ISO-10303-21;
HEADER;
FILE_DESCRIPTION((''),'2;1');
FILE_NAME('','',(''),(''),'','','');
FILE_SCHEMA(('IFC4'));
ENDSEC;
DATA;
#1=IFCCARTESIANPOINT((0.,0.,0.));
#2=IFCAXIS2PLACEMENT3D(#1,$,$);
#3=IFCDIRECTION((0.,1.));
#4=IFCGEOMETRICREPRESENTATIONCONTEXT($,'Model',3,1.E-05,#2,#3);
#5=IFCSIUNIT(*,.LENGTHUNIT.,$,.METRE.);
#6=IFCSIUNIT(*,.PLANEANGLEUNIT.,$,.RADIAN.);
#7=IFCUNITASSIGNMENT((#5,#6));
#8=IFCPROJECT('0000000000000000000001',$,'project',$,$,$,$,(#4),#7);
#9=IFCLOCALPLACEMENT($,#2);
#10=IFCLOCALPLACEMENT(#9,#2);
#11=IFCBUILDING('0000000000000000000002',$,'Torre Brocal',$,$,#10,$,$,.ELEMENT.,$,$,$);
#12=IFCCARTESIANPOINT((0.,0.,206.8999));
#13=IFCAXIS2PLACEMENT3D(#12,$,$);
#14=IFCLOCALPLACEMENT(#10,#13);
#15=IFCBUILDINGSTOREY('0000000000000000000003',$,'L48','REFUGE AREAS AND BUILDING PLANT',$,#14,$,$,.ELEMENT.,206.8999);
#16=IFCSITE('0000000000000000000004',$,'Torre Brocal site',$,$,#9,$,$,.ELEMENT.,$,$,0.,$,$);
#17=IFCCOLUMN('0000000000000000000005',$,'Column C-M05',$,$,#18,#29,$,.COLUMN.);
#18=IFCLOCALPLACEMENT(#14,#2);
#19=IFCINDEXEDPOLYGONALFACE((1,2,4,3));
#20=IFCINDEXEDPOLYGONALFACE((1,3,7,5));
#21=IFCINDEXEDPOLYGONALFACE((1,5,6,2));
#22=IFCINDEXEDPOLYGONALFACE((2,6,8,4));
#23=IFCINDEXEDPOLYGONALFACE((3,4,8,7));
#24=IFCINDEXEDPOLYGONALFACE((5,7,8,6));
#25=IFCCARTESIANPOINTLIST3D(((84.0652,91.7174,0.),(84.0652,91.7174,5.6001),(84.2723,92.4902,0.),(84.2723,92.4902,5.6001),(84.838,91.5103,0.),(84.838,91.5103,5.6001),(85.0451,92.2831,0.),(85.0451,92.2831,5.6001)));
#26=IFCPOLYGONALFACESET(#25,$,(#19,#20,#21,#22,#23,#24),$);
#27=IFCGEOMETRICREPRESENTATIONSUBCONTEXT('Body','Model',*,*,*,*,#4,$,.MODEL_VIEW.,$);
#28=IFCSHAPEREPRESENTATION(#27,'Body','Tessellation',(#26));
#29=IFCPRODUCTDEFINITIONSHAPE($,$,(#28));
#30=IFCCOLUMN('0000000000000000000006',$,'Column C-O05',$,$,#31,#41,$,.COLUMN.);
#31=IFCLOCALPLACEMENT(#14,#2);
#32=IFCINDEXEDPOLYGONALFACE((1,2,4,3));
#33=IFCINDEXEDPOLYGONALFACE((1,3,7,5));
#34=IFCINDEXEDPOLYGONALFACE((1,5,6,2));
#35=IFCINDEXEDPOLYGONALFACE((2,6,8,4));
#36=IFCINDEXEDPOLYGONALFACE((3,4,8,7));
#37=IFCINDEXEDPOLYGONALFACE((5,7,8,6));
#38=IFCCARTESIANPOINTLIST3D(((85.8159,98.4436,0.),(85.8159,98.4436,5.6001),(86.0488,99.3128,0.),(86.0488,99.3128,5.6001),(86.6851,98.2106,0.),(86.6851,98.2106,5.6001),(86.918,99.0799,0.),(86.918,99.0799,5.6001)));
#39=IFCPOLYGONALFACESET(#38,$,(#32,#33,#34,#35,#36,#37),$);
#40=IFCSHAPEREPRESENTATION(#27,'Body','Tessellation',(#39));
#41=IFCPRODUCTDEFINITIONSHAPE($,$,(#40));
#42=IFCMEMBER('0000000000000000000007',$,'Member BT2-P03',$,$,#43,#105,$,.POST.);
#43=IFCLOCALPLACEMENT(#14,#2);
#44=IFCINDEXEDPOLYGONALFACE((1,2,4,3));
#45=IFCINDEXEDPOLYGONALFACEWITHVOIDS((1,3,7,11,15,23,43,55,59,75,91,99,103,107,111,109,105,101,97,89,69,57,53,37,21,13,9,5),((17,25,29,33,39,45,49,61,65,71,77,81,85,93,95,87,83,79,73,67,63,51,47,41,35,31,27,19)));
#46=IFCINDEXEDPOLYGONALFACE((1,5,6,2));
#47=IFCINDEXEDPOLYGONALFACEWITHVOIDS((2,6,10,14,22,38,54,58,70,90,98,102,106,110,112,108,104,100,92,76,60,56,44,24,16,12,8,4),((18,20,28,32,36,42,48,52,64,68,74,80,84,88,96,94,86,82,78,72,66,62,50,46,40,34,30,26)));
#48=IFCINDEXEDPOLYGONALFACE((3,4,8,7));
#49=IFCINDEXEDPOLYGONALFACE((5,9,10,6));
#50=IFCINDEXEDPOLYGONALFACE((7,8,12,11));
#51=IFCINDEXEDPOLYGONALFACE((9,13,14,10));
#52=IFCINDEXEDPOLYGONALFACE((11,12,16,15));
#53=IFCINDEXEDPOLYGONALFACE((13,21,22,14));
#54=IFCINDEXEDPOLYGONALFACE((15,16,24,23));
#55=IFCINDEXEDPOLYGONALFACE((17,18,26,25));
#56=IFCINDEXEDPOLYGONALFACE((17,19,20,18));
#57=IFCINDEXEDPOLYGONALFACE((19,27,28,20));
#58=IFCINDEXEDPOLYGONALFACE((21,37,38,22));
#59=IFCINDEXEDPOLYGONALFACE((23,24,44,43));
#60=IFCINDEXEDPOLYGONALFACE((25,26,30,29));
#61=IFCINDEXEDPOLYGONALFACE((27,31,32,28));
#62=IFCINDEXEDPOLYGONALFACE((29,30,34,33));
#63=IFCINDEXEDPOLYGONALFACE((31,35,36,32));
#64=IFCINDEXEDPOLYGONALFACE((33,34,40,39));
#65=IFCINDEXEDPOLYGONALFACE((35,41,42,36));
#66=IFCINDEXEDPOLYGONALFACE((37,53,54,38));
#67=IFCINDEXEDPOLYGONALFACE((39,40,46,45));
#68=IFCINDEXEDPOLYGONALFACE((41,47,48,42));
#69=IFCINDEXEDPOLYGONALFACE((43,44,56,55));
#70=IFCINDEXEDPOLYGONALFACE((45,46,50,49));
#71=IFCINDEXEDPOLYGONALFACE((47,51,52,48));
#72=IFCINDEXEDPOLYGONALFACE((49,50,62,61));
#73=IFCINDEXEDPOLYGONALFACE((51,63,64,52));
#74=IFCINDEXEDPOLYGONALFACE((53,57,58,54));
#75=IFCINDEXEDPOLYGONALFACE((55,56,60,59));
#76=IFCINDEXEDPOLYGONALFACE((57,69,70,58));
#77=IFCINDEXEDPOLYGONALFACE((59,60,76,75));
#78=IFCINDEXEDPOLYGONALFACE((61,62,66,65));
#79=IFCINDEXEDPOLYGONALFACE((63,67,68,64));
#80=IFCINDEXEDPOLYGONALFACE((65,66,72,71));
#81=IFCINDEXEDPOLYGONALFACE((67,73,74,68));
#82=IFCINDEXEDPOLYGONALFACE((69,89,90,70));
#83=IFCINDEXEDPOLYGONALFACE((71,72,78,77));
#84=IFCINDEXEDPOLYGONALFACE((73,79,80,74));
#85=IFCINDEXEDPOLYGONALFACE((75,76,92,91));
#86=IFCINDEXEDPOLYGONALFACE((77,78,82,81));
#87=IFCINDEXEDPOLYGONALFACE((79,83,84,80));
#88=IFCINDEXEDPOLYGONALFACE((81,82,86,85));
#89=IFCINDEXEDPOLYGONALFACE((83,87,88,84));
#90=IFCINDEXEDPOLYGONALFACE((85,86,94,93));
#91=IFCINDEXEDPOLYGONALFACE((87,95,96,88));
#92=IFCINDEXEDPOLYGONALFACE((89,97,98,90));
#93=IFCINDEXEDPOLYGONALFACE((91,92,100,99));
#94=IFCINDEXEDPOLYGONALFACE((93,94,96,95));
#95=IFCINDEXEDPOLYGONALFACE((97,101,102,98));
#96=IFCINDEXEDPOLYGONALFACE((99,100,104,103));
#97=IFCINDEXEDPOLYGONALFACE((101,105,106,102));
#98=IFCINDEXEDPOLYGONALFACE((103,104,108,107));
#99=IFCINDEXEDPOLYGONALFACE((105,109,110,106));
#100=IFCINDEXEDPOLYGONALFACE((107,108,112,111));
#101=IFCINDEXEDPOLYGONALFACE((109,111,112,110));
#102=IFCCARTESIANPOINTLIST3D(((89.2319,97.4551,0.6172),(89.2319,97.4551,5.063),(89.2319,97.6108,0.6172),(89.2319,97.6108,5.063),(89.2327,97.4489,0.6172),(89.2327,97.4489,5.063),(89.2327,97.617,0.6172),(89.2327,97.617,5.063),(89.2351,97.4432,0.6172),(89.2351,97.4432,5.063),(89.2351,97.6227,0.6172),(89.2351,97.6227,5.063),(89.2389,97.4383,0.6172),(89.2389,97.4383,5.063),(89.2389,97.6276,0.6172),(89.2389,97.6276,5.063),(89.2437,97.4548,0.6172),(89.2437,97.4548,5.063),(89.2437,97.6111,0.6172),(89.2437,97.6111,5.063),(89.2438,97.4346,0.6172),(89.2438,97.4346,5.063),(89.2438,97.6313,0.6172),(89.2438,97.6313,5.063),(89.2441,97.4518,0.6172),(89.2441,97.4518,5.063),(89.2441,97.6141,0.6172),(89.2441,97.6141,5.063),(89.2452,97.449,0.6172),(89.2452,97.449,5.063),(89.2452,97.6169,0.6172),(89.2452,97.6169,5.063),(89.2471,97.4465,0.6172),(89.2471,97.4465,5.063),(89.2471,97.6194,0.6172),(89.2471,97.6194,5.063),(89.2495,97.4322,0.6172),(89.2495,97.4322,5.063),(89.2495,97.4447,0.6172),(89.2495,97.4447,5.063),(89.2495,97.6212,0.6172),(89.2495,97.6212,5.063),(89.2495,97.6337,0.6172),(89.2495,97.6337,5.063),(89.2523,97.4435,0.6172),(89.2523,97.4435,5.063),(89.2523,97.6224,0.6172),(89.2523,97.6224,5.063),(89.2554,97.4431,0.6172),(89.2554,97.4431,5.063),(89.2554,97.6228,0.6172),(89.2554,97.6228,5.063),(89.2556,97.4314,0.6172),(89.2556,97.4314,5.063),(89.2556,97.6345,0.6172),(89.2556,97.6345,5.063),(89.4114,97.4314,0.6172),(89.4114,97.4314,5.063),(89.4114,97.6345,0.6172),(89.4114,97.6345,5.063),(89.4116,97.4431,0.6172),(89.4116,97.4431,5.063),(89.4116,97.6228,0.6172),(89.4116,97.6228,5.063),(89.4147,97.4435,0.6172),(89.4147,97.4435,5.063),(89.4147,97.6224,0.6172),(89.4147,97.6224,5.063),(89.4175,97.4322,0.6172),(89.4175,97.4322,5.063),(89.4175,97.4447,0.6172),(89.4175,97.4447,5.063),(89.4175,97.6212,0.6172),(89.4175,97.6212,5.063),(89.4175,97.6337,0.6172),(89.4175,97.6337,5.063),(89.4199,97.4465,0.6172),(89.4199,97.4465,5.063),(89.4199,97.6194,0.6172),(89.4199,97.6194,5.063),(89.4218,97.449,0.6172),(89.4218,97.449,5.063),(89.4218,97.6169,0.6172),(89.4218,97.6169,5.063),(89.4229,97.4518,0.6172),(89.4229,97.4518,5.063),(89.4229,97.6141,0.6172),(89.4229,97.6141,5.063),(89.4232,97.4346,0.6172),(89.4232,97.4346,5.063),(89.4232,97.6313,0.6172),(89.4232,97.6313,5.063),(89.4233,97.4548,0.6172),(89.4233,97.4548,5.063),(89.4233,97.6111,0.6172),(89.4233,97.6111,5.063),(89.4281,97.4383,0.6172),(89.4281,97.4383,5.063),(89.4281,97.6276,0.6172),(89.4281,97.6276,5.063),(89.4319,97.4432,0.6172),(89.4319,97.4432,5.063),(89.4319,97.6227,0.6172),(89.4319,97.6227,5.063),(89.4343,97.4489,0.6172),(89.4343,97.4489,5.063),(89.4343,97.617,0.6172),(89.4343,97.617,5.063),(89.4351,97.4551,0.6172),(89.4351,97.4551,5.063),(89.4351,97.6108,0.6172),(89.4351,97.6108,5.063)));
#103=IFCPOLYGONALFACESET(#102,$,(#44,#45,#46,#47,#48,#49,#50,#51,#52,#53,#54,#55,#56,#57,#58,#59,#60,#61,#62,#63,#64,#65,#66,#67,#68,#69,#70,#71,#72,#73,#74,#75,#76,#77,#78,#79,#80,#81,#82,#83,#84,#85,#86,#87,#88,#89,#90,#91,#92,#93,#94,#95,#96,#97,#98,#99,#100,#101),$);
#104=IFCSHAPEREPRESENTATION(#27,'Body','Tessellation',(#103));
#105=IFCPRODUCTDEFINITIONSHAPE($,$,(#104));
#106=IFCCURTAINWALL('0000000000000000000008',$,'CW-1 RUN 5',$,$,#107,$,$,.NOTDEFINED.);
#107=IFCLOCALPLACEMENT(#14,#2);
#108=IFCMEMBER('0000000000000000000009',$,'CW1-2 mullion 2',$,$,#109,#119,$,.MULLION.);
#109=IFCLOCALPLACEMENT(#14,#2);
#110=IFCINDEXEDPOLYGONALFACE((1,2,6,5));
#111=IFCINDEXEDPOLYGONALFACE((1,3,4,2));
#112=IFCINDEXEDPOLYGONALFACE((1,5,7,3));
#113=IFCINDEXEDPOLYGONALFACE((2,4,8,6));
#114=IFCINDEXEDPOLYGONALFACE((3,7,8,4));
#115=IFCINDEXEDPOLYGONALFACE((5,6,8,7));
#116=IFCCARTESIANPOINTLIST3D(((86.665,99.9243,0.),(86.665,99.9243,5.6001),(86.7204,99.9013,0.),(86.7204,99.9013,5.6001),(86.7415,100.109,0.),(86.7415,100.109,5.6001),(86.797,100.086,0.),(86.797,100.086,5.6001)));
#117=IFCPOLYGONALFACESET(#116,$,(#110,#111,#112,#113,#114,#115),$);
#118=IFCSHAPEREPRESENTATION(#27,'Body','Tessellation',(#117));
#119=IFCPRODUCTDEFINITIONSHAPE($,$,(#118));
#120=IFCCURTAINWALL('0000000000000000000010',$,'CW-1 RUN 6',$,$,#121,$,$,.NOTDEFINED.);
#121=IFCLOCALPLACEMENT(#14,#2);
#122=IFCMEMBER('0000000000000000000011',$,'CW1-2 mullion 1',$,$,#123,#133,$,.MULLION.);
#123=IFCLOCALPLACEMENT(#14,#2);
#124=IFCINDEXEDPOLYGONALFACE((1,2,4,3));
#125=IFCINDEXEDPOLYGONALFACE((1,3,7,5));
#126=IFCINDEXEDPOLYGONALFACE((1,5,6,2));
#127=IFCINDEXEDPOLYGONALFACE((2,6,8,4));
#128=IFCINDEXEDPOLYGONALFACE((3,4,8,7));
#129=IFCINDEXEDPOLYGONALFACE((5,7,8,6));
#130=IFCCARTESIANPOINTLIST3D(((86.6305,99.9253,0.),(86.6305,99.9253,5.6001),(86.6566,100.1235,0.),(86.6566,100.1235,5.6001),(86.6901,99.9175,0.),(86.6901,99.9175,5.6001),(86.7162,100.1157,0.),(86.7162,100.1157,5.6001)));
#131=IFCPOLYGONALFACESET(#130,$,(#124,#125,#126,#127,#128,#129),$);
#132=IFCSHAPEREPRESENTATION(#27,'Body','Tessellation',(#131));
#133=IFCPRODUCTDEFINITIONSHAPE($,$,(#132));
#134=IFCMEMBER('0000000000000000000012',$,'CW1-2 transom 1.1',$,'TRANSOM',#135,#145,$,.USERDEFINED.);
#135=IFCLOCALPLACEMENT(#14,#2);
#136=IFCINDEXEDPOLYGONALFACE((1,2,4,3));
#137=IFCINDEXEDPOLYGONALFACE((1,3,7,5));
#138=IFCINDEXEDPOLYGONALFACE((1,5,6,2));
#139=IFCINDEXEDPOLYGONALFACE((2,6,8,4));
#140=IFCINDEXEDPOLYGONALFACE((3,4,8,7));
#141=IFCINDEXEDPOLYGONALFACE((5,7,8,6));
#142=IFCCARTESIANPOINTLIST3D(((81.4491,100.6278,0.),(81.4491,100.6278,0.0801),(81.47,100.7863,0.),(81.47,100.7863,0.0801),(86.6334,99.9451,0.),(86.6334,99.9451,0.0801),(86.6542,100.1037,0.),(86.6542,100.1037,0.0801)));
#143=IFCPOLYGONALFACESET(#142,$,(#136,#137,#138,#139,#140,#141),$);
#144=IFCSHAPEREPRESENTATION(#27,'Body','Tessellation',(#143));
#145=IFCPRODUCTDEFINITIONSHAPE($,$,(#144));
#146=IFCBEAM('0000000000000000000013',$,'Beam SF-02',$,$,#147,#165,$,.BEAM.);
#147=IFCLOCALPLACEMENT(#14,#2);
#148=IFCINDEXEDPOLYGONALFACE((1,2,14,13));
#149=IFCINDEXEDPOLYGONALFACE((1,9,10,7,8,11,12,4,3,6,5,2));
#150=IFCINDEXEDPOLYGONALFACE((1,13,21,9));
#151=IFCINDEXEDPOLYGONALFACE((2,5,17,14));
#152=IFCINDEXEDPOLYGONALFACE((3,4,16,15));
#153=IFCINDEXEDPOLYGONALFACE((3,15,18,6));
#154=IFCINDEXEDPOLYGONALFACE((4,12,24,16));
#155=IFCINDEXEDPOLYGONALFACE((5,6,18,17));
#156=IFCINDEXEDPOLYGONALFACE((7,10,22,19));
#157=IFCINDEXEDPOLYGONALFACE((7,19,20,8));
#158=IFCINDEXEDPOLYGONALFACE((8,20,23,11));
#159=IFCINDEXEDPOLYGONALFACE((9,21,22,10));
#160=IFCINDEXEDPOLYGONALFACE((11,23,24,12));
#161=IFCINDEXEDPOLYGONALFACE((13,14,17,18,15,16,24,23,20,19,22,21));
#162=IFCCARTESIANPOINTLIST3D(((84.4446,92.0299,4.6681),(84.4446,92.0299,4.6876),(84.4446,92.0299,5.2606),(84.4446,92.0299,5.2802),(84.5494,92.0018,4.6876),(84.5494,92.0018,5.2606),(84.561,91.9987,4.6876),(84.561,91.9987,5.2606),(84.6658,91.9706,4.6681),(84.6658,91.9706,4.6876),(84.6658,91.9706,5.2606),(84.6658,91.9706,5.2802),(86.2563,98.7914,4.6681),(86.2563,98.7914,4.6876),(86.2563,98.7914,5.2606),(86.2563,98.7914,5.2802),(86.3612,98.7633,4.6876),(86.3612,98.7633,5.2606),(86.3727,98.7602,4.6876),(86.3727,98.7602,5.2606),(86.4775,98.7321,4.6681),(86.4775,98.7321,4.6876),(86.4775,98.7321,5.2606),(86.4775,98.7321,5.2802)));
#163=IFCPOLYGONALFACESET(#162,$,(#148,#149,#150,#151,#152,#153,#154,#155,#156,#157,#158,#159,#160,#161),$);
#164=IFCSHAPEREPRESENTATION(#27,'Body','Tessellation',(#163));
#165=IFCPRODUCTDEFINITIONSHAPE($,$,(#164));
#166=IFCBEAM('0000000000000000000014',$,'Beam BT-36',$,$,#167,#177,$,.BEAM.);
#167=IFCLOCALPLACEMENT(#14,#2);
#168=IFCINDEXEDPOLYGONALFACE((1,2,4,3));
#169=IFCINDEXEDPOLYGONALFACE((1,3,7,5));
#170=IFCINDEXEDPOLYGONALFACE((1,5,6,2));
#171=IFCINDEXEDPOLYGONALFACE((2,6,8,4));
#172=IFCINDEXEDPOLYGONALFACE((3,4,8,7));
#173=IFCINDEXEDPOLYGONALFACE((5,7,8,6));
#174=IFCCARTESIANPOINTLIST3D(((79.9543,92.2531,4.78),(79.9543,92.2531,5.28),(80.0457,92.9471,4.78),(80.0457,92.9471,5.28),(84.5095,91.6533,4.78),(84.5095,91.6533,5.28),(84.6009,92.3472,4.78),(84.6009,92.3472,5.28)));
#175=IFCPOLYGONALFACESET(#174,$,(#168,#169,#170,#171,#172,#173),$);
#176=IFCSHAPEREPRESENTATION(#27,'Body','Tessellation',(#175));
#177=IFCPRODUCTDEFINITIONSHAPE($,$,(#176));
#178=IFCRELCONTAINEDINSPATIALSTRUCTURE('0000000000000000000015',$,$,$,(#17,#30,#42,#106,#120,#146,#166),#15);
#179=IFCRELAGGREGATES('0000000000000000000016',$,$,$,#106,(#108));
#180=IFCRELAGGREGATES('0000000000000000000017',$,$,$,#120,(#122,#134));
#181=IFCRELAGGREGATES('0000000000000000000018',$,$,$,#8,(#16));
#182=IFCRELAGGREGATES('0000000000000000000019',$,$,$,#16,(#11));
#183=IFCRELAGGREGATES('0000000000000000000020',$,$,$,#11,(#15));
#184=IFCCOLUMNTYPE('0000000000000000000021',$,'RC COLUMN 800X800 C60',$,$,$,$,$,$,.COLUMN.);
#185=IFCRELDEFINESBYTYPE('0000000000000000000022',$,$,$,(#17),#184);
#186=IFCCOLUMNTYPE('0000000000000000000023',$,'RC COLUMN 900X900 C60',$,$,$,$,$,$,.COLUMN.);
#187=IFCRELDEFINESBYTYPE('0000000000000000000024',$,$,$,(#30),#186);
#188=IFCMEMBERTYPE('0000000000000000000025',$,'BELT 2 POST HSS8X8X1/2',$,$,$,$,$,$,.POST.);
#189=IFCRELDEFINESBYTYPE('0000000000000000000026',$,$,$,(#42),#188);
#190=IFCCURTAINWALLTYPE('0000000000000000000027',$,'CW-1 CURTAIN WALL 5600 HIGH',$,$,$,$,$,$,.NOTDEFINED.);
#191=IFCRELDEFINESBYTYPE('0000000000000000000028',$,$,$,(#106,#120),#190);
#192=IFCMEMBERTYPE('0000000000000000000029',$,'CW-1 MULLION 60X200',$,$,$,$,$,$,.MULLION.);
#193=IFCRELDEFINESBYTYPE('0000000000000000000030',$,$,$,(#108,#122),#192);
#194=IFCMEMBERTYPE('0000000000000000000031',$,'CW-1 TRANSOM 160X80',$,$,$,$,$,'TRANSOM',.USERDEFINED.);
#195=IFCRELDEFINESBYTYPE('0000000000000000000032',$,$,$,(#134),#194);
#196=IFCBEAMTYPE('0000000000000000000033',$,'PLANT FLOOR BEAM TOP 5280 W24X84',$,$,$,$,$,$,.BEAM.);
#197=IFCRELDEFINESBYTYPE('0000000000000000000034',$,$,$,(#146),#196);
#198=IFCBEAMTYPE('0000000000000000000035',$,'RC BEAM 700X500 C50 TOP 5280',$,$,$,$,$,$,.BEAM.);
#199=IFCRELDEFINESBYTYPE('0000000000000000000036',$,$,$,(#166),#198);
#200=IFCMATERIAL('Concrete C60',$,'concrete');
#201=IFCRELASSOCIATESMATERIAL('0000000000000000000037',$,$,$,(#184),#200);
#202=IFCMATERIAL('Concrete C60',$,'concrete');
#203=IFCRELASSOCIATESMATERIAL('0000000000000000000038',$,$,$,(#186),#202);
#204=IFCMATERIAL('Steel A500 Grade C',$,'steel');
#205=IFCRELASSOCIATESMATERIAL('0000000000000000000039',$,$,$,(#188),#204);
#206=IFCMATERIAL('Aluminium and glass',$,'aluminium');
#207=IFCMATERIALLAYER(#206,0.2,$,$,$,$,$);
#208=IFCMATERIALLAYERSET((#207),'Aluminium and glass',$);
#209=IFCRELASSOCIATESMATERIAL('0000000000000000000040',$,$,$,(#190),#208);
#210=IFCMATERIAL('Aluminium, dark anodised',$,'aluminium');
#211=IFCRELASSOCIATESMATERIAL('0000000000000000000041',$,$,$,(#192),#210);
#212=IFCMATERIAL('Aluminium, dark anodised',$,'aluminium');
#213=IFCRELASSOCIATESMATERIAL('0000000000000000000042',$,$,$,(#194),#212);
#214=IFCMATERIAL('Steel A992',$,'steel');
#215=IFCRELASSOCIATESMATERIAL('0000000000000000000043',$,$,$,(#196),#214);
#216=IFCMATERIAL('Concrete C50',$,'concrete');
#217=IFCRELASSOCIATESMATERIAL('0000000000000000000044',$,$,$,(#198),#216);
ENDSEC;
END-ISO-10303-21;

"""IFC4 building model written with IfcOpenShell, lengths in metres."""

from ifc_helpers import new_model, si_unit, direction, frame, origin, origin_2d, place, context, subcontext, project, spatial, rectangle, hollow_rectangle, i_section, extrude, material, layer, layer_set, material_profile, profile_set, type_object, element, aggregate, save


model = new_model("IFC4")

# Units and contexts
model_context = context("Model", 3, precision=1e-05, world=origin(), true_north=direction((0.0, 1.0)))
body_context = subcontext(model_context, "Body", "Model", "MODEL_VIEW")
ifc_project = project(units=[si_unit("LENGTHUNIT", "METRE"), si_unit("PLANEANGLEUNIT", "RADIAN")], contexts=[model_context])

# Site, building, storey
site_placement = place(None, origin())
site = spatial("IfcSite", under=ifc_project, at=site_placement, Name="Torre Brocal site", CompositionType="ELEMENT", RefElevation=0.0)
building_placement = place(site_placement, origin())
building = spatial("IfcBuilding", under=site, at=building_placement, Name="Torre Brocal", CompositionType="ELEMENT")
storey_placement = place(building_placement, frame((0.0, 0.0, 206.8999)))
storey = spatial("IfcBuildingStorey", under=building, at=storey_placement, Name="L48", Description="REFUGE AREAS AND BUILDING PLANT", CompositionType="ELEMENT", Elevation=206.8999)

# Columns
ifc_material_1 = material(Name="Concrete C60", Category="concrete")
ifc_material_profile_1 = material_profile(ifc_material_1, rectangle(XDim=0.8, YDim=0.8, at=origin_2d()), Name="RC 800X800")
ifc_profile_set_1 = profile_set([ifc_material_profile_1], Name="Concrete C60")
column_type_1 = type_object("IfcColumnType", Name="RC COLUMN 800X800 C60", PredefinedType="COLUMN", material=ifc_profile_set_1)
column_1_placement = place(storey_placement, frame((84.5552, 92.0002, 0.0), z_axis=(0.0, 0.0, 1.0), x_axis=(0.258819, 0.965926, 0.0)))
element("IfcColumn", 1, at=column_1_placement, inside=storey, type_object=column_type_1, Name="Column C-M05", PredefinedType="COLUMN", context=body_context, shape_type="SweptSolid", body=[
    extrude(rectangle(XDim=0.8, YDim=0.8, at=origin_2d()), origin(), (0.0, 0.0, 1.0), 5.6001),
])
ifc_material_2 = material(Name="Concrete C60", Category="concrete")
ifc_material_profile_2 = material_profile(ifc_material_2, rectangle(XDim=0.8999, YDim=0.8999, at=origin_2d()), Name="RC 900X900")
ifc_profile_set_2 = profile_set([ifc_material_profile_2], Name="Concrete C60")
column_type_2 = type_object("IfcColumnType", Name="RC COLUMN 900X900 C60", PredefinedType="COLUMN", material=ifc_profile_set_2)
column_2_placement = place(storey_placement, frame((86.3669, 98.7617, 0.0), z_axis=(0.0, 0.0, 1.0), x_axis=(0.258819, 0.965926, 0.0)))
element("IfcColumn", 2, at=column_2_placement, inside=storey, type_object=column_type_2, Name="Column C-O05", PredefinedType="COLUMN", context=body_context, shape_type="SweptSolid", body=[
    extrude(rectangle(XDim=0.8999, YDim=0.8999, at=origin_2d()), origin(), (0.0, 0.0, 1.0), 5.6001),
])

# Member
ifc_material_3 = material(Name="Steel A500 Grade C", Category="steel")
ifc_material_profile_3 = material_profile(ifc_material_3, hollow_rectangle(XDim=0.2031, YDim=0.2031, WallThickness=0.0117, InnerFilletRadius=0.0117, OuterFilletRadius=0.0237, at=origin_2d()), Name="HSS8X8X1/2")
ifc_profile_set_3 = profile_set([ifc_material_profile_3], Name="Steel A500 Grade C")
member_type_1 = type_object("IfcMemberType", Name="BELT 2 POST HSS8X8X1/2", PredefinedType="POST", material=ifc_profile_set_3)
member_1_placement = place(storey_placement, frame((89.3335, 97.533, 0.6172), z_axis=(0.0, 0.0, 1.0), x_axis=(1.0, 0.0, 0.0)))
element("IfcMember", 3, at=member_1_placement, inside=storey, type_object=member_type_1, Name="Member BT2-P03", PredefinedType="POST", context=body_context, shape_type="SweptSolid", body=[
    extrude(hollow_rectangle(XDim=0.2031, YDim=0.2031, WallThickness=0.0117, InnerFilletRadius=0.0117, OuterFilletRadius=0.0237, at=origin_2d()), origin(), (0.0, 0.0, 1.0), 4.4458),
])

# Curtain wall, member
ifc_material_4 = material(Name="Aluminium and glass", Category="aluminium")
ifc_layer_1 = layer(ifc_material_4, 0.2)
ifc_layer_set_1 = layer_set([ifc_layer_1], Name="Aluminium and glass")
curtain_wall_type = type_object("IfcCurtainWallType", Name="CW-1 CURTAIN WALL 5600 HIGH", PredefinedType="NOTDEFINED", material=ifc_layer_set_1)
curtain_wall_1_placement = place(storey_placement, origin())
curtain_wall_1 = element("IfcCurtainWall", 4, at=curtain_wall_1_placement, inside=storey, type_object=curtain_wall_type, Name="CW-1 RUN 5", PredefinedType="NOTDEFINED")
ifc_material_5 = material(Name="Aluminium, dark anodised", Category="aluminium")
ifc_material_profile_4 = material_profile(ifc_material_5, rectangle(XDim=0.2, YDim=0.0601, at=origin_2d()), Name="CW-1 MULLION 60X200")
ifc_profile_set_4 = profile_set([ifc_material_profile_4], Name="Aluminium, dark anodised")
member_type_2 = type_object("IfcMemberType", Name="CW-1 MULLION 60X200", PredefinedType="MULLION", material=ifc_profile_set_4)
member_2_placement = place(storey_placement, frame((86.731, 100.0051, 0.0), z_axis=(0.0, 0.0, 1.0), x_axis=(-0.382683, -0.92388, 0.0)))
member_2 = element("IfcMember", 5, at=member_2_placement, type_object=member_type_2, Name="CW1-2 mullion 2", PredefinedType="MULLION", context=body_context, shape_type="SweptSolid", body=[
    extrude(rectangle(XDim=0.2, YDim=0.0601, at=origin_2d()), origin(), (0.0, 0.0, 1.0), 5.6001),
])

# Curtain wall, members
curtain_wall_2_placement = place(storey_placement, origin())
curtain_wall_2 = element("IfcCurtainWall", 6, at=curtain_wall_2_placement, inside=storey, type_object=curtain_wall_type, Name="CW-1 RUN 6", PredefinedType="NOTDEFINED")
member_3_placement = place(storey_placement, frame((86.6733, 100.0205, 0.0), z_axis=(0.0, 0.0, 1.0), x_axis=(-0.130526, -0.991445, 0.0)))
member_3 = element("IfcMember", 7, at=member_3_placement, type_object=member_type_2, Name="CW1-2 mullion 1", PredefinedType="MULLION", context=body_context, shape_type="SweptSolid", body=[
    extrude(rectangle(XDim=0.2, YDim=0.0601, at=origin_2d()), origin(), (0.0, 0.0, 1.0), 5.6001),
])
ifc_material_6 = material(Name="Aluminium, dark anodised", Category="aluminium")
ifc_material_profile_5 = material_profile(ifc_material_6, rectangle(XDim=0.1599, YDim=0.0801, at=origin_2d()), Name="CW-1 TRANSOM 160X80")
ifc_profile_set_5 = profile_set([ifc_material_profile_5], Name="Aluminium, dark anodised")
member_type_3 = type_object("IfcMemberType", Name="CW-1 TRANSOM 160X80", ElementType="TRANSOM", PredefinedType="USERDEFINED", material=ifc_profile_set_5)
member_4_placement = place(storey_placement, frame((86.6438, 100.0244, 0.04), z_axis=(-0.991443, 0.130543, 0.0), x_axis=(-0.130543, -0.991443, 0.0)))
member_4 = element("IfcMember", 8, at=member_4_placement, type_object=member_type_3, Name="CW1-2 transom 1.1", ObjectType="TRANSOM", PredefinedType="USERDEFINED", context=body_context, shape_type="SweptSolid", body=[
    extrude(rectangle(XDim=0.1599, YDim=0.0801, at=origin_2d()), origin(), (0.0, 0.0, 1.0), 5.229),
])

# Beams
ifc_material_7 = material(Name="Steel A992", Category="steel")
ifc_material_profile_6 = material_profile(ifc_material_7, i_section(OverallWidth=0.229, OverallDepth=0.6121, WebThickness=0.012, FlangeThickness=0.0195, at=origin_2d()), Name="W24X84")
ifc_profile_set_6 = profile_set([ifc_material_profile_6], Name="Steel A992")
beam_type_1 = type_object("IfcBeamType", Name="PLANT FLOOR BEAM TOP 5280 W24X84", PredefinedType="BEAM", material=ifc_profile_set_6)
beam_1_placement = place(storey_placement, frame((84.5552, 92.0002, 4.9741), z_axis=(0.258824, 0.965925, 0.0), x_axis=(-0.965925, 0.258824, 0.0)))
element("IfcBeam", 9, at=beam_1_placement, inside=storey, type_object=beam_type_1, Name="Beam SF-02", PredefinedType="BEAM", context=body_context, shape_type="SweptSolid", body=[
    extrude(i_section(OverallWidth=0.229, OverallDepth=0.6121, WebThickness=0.012, FlangeThickness=0.0195, at=origin_2d()), origin(), (0.0, 0.0, 1.0), 7.0),
])
ifc_material_8 = material(Name="Concrete C50", Category="concrete")
ifc_material_profile_7 = material_profile(ifc_material_8, rectangle(XDim=0.7, YDim=0.5, at=origin_2d()), Name="RC 700X500")
ifc_profile_set_7 = profile_set([ifc_material_profile_7], Name="Concrete C50")
beam_type_2 = type_object("IfcBeamType", Name="RC BEAM 700X500 C50 TOP 5280", PredefinedType="BEAM", material=ifc_profile_set_7)
beam_2_placement = place(storey_placement, frame((84.5552, 92.0002, 5.03), z_axis=(-0.991441, 0.130559, 0.0), x_axis=(-0.130559, -0.991441, 0.0)))
element("IfcBeam", 10, at=beam_2_placement, inside=storey, type_object=beam_type_2, Name="Beam BT-36", PredefinedType="BEAM", context=body_context, shape_type="SweptSolid", body=[
    extrude(rectangle(XDim=0.7, YDim=0.5, at=origin_2d()), origin(), (0.0, 0.0, 1.0), 4.5945),
])

aggregate(curtain_wall_1, [member_2])
aggregate(curtain_wall_2, [member_3, member_4])

save(model, "model.ifc")
